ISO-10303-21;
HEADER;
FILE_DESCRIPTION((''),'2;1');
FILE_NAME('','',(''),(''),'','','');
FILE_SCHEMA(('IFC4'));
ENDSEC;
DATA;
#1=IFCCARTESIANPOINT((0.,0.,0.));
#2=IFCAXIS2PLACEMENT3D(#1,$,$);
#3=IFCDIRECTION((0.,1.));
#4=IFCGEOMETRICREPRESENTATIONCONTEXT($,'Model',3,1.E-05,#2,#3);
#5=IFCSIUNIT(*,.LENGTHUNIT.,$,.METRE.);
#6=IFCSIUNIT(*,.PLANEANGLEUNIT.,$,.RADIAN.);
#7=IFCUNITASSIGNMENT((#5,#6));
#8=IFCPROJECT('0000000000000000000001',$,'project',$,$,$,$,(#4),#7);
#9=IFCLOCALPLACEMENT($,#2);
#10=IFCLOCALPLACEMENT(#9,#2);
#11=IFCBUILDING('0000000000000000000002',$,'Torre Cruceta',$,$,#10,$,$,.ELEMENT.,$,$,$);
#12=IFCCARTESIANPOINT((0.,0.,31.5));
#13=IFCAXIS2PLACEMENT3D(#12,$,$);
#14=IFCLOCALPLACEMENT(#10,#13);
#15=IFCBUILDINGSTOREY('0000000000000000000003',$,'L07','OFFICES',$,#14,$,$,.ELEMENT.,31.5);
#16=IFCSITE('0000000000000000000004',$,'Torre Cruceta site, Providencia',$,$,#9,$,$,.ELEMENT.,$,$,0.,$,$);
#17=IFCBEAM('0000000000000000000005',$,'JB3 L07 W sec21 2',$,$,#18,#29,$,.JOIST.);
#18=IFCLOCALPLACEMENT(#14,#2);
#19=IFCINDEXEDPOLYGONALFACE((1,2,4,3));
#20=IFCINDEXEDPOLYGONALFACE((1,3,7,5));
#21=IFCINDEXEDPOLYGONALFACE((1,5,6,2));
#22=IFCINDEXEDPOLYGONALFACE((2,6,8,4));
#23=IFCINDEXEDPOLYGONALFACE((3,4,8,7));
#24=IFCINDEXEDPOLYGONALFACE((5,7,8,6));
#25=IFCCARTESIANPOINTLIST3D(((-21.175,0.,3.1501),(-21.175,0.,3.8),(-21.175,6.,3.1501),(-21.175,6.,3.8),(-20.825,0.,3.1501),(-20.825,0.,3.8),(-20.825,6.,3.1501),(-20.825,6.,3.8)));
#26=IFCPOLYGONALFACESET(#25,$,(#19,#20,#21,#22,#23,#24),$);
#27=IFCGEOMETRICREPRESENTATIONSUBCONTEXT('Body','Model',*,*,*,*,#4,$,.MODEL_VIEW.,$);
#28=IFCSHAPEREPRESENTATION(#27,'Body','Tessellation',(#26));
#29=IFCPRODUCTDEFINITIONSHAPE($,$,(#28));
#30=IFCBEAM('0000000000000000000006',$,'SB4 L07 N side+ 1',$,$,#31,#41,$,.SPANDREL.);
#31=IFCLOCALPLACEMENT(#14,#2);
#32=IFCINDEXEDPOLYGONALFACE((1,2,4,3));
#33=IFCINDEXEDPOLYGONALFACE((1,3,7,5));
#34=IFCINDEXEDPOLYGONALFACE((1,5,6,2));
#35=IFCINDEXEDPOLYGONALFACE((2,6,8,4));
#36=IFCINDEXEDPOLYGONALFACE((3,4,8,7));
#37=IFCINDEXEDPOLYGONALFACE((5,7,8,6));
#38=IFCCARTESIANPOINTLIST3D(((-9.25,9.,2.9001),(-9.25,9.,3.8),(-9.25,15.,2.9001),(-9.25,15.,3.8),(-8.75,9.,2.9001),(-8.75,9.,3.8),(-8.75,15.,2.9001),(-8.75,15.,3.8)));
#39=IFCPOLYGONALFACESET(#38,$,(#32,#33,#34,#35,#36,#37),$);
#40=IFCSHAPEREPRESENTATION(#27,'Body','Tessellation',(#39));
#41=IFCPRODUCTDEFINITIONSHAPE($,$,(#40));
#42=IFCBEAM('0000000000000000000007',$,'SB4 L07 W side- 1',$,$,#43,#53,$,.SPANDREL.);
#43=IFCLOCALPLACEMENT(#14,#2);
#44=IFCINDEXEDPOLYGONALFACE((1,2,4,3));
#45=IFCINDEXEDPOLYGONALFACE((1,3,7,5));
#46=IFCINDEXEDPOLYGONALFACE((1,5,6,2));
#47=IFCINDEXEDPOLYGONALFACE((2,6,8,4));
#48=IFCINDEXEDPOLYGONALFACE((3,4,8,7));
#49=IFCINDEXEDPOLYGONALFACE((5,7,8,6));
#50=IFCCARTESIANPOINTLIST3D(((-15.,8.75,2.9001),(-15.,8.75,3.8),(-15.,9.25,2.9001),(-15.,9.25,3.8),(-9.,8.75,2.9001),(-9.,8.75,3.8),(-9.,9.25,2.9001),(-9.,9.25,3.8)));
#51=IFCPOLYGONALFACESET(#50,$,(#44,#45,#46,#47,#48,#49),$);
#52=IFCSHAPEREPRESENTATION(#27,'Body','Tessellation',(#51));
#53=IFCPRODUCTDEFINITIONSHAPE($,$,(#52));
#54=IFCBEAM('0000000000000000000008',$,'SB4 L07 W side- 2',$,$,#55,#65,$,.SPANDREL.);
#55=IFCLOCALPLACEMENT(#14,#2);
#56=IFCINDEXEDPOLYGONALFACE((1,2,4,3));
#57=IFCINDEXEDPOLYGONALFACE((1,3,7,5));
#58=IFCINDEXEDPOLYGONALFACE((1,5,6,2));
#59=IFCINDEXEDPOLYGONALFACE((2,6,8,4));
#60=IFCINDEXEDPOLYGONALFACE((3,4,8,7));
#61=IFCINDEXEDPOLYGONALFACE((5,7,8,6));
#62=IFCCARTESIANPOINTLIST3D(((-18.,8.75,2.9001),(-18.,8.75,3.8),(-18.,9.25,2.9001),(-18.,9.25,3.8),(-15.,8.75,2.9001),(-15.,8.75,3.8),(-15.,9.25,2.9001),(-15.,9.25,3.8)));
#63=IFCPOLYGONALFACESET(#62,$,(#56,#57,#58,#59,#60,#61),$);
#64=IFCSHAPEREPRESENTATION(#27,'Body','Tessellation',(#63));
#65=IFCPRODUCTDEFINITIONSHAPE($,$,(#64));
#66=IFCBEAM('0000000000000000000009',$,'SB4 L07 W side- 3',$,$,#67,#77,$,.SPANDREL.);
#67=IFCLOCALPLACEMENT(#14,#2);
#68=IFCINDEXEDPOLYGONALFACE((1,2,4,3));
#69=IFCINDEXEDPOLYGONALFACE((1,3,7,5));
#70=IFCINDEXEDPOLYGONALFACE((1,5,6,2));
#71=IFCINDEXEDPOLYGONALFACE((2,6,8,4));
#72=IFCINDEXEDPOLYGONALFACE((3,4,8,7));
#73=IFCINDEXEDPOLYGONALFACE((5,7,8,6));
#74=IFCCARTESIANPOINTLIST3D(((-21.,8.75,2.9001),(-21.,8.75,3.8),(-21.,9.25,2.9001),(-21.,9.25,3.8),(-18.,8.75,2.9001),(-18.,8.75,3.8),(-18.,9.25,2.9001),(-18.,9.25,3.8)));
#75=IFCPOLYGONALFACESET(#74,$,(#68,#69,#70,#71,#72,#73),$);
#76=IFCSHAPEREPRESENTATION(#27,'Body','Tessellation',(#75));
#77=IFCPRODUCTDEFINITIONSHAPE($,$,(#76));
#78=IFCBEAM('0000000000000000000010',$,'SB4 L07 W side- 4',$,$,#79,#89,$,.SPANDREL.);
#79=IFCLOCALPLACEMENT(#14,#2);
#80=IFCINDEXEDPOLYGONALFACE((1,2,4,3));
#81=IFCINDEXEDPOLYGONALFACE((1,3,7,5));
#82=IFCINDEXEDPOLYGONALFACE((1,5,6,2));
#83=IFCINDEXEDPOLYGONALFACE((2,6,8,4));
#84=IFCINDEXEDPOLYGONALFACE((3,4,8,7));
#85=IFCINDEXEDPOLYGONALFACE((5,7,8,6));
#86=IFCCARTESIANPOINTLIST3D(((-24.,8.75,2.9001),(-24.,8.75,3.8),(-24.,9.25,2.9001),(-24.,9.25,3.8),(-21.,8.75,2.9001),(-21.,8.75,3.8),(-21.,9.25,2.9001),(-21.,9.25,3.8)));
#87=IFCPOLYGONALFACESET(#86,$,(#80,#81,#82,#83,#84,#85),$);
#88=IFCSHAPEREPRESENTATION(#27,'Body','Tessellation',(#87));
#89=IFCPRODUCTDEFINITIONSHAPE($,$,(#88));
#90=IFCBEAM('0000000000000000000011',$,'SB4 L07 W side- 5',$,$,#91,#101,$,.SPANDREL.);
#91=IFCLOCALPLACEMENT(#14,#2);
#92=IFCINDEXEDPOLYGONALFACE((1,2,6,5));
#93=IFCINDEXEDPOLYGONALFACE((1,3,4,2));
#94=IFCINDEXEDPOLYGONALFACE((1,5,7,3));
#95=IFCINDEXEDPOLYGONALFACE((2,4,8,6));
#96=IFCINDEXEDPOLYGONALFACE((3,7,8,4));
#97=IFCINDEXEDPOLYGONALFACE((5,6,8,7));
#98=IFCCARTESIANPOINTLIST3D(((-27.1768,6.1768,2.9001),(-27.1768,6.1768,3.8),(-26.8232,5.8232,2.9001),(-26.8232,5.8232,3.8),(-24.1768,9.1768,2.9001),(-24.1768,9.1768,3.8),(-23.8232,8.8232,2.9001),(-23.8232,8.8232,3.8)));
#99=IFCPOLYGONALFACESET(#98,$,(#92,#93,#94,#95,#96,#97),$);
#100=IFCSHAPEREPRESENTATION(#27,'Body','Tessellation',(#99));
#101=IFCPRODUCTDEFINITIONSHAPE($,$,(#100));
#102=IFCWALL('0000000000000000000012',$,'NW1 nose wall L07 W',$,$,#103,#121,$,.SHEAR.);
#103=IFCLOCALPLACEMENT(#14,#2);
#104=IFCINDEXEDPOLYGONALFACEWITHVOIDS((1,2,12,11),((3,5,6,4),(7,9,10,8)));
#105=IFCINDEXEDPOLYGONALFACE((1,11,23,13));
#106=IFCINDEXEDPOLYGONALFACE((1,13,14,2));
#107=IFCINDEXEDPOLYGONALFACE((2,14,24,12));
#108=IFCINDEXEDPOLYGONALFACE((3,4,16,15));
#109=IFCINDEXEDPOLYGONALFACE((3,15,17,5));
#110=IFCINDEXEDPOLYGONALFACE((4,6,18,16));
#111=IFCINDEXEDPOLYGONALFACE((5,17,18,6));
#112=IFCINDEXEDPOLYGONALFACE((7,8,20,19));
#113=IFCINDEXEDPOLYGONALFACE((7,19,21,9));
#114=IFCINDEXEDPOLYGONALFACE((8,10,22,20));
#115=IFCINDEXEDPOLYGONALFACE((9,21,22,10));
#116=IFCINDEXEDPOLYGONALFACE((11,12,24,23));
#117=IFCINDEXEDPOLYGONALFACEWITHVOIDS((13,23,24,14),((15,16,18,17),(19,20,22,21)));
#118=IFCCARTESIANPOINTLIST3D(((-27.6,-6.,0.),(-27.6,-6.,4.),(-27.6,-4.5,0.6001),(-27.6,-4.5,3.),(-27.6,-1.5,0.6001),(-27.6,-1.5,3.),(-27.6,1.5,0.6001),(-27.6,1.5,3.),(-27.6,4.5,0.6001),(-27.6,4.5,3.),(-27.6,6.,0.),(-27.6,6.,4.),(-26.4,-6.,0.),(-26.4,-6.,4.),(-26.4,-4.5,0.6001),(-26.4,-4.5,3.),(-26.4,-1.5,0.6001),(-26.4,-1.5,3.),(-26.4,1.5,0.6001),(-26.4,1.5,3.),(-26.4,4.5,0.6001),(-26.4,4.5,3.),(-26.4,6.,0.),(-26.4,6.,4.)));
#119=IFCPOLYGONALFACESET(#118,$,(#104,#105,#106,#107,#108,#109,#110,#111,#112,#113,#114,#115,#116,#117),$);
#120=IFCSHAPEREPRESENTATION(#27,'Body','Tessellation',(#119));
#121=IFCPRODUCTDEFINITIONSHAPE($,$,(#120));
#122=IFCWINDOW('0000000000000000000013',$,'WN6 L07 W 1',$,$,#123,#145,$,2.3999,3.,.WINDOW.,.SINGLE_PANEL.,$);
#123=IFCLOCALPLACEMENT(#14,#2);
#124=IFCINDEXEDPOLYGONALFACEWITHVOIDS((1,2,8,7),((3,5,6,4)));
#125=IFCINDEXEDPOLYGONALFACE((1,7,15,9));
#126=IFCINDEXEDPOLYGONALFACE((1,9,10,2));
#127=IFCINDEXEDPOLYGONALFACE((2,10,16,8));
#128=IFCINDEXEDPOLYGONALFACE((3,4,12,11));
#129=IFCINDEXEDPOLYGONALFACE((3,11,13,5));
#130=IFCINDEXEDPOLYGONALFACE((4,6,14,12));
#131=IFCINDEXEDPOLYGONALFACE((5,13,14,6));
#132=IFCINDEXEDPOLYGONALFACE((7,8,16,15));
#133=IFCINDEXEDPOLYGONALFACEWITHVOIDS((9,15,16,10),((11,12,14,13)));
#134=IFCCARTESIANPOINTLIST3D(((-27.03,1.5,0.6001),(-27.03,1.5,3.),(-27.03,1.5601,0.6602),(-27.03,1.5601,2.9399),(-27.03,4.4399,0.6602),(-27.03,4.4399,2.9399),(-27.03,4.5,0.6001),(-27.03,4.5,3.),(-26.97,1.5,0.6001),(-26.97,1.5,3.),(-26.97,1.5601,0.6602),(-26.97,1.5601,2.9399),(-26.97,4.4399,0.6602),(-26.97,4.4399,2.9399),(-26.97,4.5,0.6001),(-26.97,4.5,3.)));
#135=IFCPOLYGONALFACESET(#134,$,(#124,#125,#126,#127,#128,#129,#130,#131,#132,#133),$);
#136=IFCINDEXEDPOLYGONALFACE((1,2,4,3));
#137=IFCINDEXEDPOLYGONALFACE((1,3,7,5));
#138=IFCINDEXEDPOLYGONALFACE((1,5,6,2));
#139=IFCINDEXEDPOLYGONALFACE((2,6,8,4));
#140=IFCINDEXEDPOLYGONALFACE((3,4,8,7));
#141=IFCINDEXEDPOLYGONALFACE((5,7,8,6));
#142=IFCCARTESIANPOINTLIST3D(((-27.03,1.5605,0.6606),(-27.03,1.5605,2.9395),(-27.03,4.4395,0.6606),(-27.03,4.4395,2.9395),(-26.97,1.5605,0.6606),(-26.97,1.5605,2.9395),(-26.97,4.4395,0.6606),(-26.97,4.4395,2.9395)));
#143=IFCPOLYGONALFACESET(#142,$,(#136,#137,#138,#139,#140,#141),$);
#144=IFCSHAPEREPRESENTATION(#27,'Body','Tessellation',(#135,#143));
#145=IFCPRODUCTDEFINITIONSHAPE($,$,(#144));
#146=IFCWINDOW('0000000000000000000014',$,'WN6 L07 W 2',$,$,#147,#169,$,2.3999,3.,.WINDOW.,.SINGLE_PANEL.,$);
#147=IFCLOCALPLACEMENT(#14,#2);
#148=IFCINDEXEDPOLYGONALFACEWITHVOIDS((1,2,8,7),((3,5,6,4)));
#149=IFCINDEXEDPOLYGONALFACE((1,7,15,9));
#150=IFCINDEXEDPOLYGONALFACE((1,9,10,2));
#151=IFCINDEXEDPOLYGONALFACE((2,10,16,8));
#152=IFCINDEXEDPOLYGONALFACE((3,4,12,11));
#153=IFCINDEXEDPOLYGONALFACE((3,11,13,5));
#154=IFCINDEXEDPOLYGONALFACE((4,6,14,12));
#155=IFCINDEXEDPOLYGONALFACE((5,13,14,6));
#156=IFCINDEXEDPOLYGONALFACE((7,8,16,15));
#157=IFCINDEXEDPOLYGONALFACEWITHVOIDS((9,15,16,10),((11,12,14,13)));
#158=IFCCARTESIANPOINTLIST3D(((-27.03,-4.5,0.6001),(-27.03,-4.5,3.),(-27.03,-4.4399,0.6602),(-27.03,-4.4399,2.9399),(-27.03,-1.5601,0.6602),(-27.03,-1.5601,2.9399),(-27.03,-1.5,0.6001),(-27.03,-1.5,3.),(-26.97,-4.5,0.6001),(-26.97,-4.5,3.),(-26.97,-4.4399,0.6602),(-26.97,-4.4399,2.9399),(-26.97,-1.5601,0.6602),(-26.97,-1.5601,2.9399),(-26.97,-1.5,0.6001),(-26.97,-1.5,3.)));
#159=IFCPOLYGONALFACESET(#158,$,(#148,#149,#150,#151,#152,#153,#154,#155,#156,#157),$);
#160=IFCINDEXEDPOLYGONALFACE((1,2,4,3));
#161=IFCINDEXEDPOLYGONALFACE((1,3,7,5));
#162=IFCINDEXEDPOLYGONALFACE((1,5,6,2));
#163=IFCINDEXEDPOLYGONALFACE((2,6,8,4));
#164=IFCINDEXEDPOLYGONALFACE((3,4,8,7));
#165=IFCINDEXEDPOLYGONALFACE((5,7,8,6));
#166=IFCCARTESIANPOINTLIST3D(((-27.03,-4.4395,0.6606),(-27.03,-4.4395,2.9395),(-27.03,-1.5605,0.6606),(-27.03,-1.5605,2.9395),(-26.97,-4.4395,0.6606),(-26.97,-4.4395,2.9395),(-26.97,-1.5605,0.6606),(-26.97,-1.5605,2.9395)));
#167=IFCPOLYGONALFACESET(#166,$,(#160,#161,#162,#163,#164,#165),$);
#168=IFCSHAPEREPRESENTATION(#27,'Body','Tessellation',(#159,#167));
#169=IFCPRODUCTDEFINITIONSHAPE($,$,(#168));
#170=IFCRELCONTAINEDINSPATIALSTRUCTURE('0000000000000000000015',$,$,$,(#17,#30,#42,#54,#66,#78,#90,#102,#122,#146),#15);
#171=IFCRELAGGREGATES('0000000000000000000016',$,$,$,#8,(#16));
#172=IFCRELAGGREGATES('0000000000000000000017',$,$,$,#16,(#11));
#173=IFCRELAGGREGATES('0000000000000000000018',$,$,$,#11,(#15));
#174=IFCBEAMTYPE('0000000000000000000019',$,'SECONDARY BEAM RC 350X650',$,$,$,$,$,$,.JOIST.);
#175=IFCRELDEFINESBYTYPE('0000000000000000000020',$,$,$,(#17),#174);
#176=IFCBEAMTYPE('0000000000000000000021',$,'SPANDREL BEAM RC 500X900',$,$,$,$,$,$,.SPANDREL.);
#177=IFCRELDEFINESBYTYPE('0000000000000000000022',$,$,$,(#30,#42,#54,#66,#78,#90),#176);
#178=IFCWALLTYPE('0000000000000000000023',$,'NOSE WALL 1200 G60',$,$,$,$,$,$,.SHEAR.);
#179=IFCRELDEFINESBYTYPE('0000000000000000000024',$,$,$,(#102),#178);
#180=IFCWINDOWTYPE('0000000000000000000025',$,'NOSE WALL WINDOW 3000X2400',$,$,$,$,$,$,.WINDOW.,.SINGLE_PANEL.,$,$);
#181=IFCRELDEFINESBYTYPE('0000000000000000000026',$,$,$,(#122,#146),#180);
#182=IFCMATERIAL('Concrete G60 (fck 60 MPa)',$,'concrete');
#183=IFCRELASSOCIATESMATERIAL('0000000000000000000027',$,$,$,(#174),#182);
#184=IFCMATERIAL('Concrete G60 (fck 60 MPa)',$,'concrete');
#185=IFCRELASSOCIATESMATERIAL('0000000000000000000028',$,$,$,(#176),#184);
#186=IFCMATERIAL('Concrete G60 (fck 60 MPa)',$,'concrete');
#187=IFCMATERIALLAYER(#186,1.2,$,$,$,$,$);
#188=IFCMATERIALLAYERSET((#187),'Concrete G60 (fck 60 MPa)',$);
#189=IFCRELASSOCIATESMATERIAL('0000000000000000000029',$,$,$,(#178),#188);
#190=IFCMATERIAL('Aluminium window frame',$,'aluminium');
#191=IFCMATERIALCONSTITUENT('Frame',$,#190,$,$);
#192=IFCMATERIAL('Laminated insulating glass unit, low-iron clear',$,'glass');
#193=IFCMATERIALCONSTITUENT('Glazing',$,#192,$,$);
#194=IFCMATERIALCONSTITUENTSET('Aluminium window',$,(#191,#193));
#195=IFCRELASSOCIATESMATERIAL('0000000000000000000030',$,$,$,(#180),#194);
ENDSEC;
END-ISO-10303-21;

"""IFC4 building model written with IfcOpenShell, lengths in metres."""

from ifc_helpers import new_model, si_unit, direction, frame, frame_2d, origin, origin_2d, place, context, subcontext, project, spatial, rectangle, hollow_rectangle, extrude, material, layer, layer_set, constituent, constituent_set, material_profile, profile_set, type_object, element, fill, save


model = new_model("IFC4")

# Units and contexts
model_context = context("Model", 3, precision=1e-05, world=origin(), true_north=direction((0.0, 1.0)))
body_context = subcontext(model_context, "Body", "Model", "MODEL_VIEW")
ifc_project = project(units=[si_unit("LENGTHUNIT", "METRE"), si_unit("PLANEANGLEUNIT", "RADIAN")], contexts=[model_context])

# Site, building, storey
site_placement = place(None, origin())
site = spatial("IfcSite", under=ifc_project, at=site_placement, Name="Torre Cruceta site, Providencia", CompositionType="ELEMENT", RefElevation=0.0)
building_placement = place(site_placement, origin())
building = spatial("IfcBuilding", under=site, at=building_placement, Name="Torre Cruceta", CompositionType="ELEMENT")
storey_placement = place(building_placement, frame((0.0, 0.0, 31.5)))
storey = spatial("IfcBuildingStorey", under=building, at=storey_placement, Name="L07", Description="OFFICES", CompositionType="ELEMENT", Elevation=31.5)

# Beams
ifc_material_1 = material(Name="Concrete G60 (fck 60 MPa)", Category="concrete")
ifc_material_profile_1 = material_profile(ifc_material_1, rectangle(XDim=0.3501, YDim=0.6499, at=origin_2d()), Name="RC 350X650")
ifc_profile_set_1 = profile_set([ifc_material_profile_1], Name="Concrete G60 (fck 60 MPa)")
beam_type_1 = type_object("IfcBeamType", Name="SECONDARY BEAM RC 350X650", PredefinedType="JOIST", material=ifc_profile_set_1)
beam_1_placement = place(storey_placement, frame((-21.0, 6.0, 3.4751), z_axis=(0.0, -1.0, 0.0), x_axis=(1.0, 0.0, 0.0)))
element("IfcBeam", 1, at=beam_1_placement, inside=storey, type_object=beam_type_1, Name="JB3 L07 W sec21 2", PredefinedType="JOIST", context=body_context, shape_type="SweptSolid", body=[
    extrude(rectangle(XDim=0.3501, YDim=0.6499, at=origin_2d()), origin(), (0.0, 0.0, 1.0), 6.0),
])
ifc_material_2 = material(Name="Concrete G60 (fck 60 MPa)", Category="concrete")
ifc_material_profile_2 = material_profile(ifc_material_2, rectangle(XDim=0.5, YDim=0.8999, at=origin_2d()), Name="RC 500X900")
ifc_profile_set_2 = profile_set([ifc_material_profile_2], Name="Concrete G60 (fck 60 MPa)")
beam_type_2 = type_object("IfcBeamType", Name="SPANDREL BEAM RC 500X900", PredefinedType="SPANDREL", material=ifc_profile_set_2)
for number, where, z_axis, x_axis, name in (
    (2, (-9.0, 9.0, 3.3501), (0.0, 1.0, 0.0), (-1.0, 0.0, 0.0), "SB4 L07 N side+ 1"),
    (3, (-9.0, 9.0, 3.3501), (-1.0, 0.0, 0.0), (0.0, -1.0, 0.0), "SB4 L07 W side- 1"),
):
    element("IfcBeam", number, at=place(storey_placement, frame(where, z_axis=z_axis, x_axis=x_axis)), inside=storey, type_object=beam_type_2, Name=name, PredefinedType="SPANDREL", context=body_context, shape_type="SweptSolid", body=[
        extrude(rectangle(XDim=0.5, YDim=0.8999, at=origin_2d()), origin(), (0.0, 0.0, 1.0), 6.0),
    ])
for number, where, z_axis, x_axis, name in (
    (4, (-15.0, 9.0, 3.3501), (-1.0, 0.0, 0.0), (0.0, -1.0, 0.0), "SB4 L07 W side- 2"),
    (5, (-18.0, 9.0, 3.3501), (-1.0, 0.0, 0.0), (0.0, -1.0, 0.0), "SB4 L07 W side- 3"),
    (6, (-21.0, 9.0, 3.3501), (-1.0, 0.0, 0.0), (0.0, -1.0, 0.0), "SB4 L07 W side- 4"),
):
    element("IfcBeam", number, at=place(storey_placement, frame(where, z_axis=z_axis, x_axis=x_axis)), inside=storey, type_object=beam_type_2, Name=name, PredefinedType="SPANDREL", context=body_context, shape_type="SweptSolid", body=[
        extrude(rectangle(XDim=0.5, YDim=0.8999, at=origin_2d()), origin(), (0.0, 0.0, 1.0), 3.0),
    ])
beam_2_placement = place(storey_placement, frame((-24.0, 9.0, 3.3501), z_axis=(-0.707107, -0.707107, 0.0), x_axis=(0.707107, -0.707107, 0.0)))
element("IfcBeam", 7, at=beam_2_placement, inside=storey, type_object=beam_type_2, Name="SB4 L07 W side- 5", PredefinedType="SPANDREL", context=body_context, shape_type="SweptSolid", body=[
    extrude(rectangle(XDim=0.5, YDim=0.8999, at=origin_2d()), origin(), (0.0, 0.0, 1.0), 4.2427),
])

# Wall, openings, windows
ifc_material_3 = material(Name="Concrete G60 (fck 60 MPa)", Category="concrete")
ifc_layer_1 = layer(ifc_material_3, 1.2)
ifc_layer_set_1 = layer_set([ifc_layer_1], Name="Concrete G60 (fck 60 MPa)")
wall_type_1 = type_object("IfcWallType", Name="NOSE WALL 1200 G60", PredefinedType="SHEAR", material=ifc_layer_set_1)
wall_1_placement = place(storey_placement, frame((-27.0, 6.0, 0.0), z_axis=(0.0, 0.0, 1.0), x_axis=(0.0, -1.0, 0.0)))
wall_1 = element("IfcWall", 8, at=wall_1_placement, inside=storey, type_object=wall_type_1, Name="NW1 nose wall L07 W", PredefinedType="SHEAR", context=body_context, shape_type="SweptSolid", body=[
    extrude(rectangle(XDim=12.0, YDim=1.2, at=frame_2d((6.0, 0.0))), origin(), (0.0, 0.0, 1.0), 4.0),
])
opening_1_placement = place(wall_1_placement, frame((1.5, 0.0, 0.6001)))
opening_1 = element("IfcOpeningElement", 9, at=opening_1_placement, cuts=wall_1, PredefinedType="OPENING", context=body_context, shape_type="SweptSolid", body=[
    extrude(rectangle(XDim=3.0, YDim=2.3999, at=frame_2d((1.5, 1.2))), frame((0.0, 0.6099, 0.0), z_axis=(0.0, -1.0, 0.0), x_axis=(1.0, 0.0, 0.0)), (0.0, 0.0, 1.0), 1.22),
])
opening_2_placement = place(wall_1_placement, frame((7.5, 0.0, 0.6001)))
opening_2 = element("IfcOpeningElement", 10, at=opening_2_placement, cuts=wall_1, PredefinedType="OPENING", context=body_context, shape_type="SweptSolid", body=[
    extrude(rectangle(XDim=3.0, YDim=2.3999, at=frame_2d((1.5, 1.2))), frame((0.0, 0.6099, 0.0), z_axis=(0.0, -1.0, 0.0), x_axis=(1.0, 0.0, 0.0)), (0.0, 0.0, 1.0), 1.22),
])
ifc_material_4 = material(Name="Aluminium window frame", Category="aluminium")
ifc_constituent_1 = constituent(ifc_material_4, Name="Frame")
ifc_material_5 = material(Name="Laminated insulating glass unit, low-iron clear", Category="glass")
ifc_constituent_2 = constituent(ifc_material_5, Name="Glazing")
ifc_constituent_set_1 = constituent_set(constituents=[ifc_constituent_1, ifc_constituent_2], Name="Aluminium window")
window_type = type_object("IfcWindowType", Name="NOSE WALL WINDOW 3000X2400", PartitioningType="SINGLE_PANEL", PredefinedType="WINDOW", material=ifc_constituent_set_1)
window_1_placement = place(opening_1_placement, origin())
window_1 = element("IfcWindow", 11, at=window_1_placement, inside=storey, type_object=window_type, Name="WN6 L07 W 1", OverallHeight=2.3999, OverallWidth=3.0, PartitioningType="SINGLE_PANEL", PredefinedType="WINDOW", context=body_context, shape_type="SweptSolid", body=[
    extrude(hollow_rectangle(XDim=3.0, YDim=2.3999, WallThickness=0.0601, at=frame_2d((1.5, 1.2))), frame((0.0, 0.03, 0.0), z_axis=(0.0, -1.0, 0.0), x_axis=(1.0, 0.0, 0.0)), (0.0, 0.0, 1.0), 0.0601),
    extrude(rectangle(XDim=2.8789, YDim=2.2788, at=frame_2d((1.5, 1.2))), frame((0.0, 0.03, 0.0), z_axis=(0.0, -1.0, 0.0), x_axis=(1.0, 0.0, 0.0)), (0.0, 0.0, 1.0), 0.0601),
])
fill(opening_1, window_1)
window_2_placement = place(opening_2_placement, origin())
window_2 = element("IfcWindow", 12, at=window_2_placement, inside=storey, type_object=window_type, Name="WN6 L07 W 2", OverallHeight=2.3999, OverallWidth=3.0, PartitioningType="SINGLE_PANEL", PredefinedType="WINDOW", context=body_context, shape_type="SweptSolid", body=[
    extrude(hollow_rectangle(XDim=3.0, YDim=2.3999, WallThickness=0.0601, at=frame_2d((1.5, 1.2))), frame((0.0, 0.03, 0.0), z_axis=(0.0, -1.0, 0.0), x_axis=(1.0, 0.0, 0.0)), (0.0, 0.0, 1.0), 0.0601),
    extrude(rectangle(XDim=2.8789, YDim=2.2788, at=frame_2d((1.5, 1.2))), frame((0.0, 0.03, 0.0), z_axis=(0.0, -1.0, 0.0), x_axis=(1.0, 0.0, 0.0)), (0.0, 0.0, 1.0), 0.0601),
])
fill(opening_2, window_2)

save(model, "model.ifc")
